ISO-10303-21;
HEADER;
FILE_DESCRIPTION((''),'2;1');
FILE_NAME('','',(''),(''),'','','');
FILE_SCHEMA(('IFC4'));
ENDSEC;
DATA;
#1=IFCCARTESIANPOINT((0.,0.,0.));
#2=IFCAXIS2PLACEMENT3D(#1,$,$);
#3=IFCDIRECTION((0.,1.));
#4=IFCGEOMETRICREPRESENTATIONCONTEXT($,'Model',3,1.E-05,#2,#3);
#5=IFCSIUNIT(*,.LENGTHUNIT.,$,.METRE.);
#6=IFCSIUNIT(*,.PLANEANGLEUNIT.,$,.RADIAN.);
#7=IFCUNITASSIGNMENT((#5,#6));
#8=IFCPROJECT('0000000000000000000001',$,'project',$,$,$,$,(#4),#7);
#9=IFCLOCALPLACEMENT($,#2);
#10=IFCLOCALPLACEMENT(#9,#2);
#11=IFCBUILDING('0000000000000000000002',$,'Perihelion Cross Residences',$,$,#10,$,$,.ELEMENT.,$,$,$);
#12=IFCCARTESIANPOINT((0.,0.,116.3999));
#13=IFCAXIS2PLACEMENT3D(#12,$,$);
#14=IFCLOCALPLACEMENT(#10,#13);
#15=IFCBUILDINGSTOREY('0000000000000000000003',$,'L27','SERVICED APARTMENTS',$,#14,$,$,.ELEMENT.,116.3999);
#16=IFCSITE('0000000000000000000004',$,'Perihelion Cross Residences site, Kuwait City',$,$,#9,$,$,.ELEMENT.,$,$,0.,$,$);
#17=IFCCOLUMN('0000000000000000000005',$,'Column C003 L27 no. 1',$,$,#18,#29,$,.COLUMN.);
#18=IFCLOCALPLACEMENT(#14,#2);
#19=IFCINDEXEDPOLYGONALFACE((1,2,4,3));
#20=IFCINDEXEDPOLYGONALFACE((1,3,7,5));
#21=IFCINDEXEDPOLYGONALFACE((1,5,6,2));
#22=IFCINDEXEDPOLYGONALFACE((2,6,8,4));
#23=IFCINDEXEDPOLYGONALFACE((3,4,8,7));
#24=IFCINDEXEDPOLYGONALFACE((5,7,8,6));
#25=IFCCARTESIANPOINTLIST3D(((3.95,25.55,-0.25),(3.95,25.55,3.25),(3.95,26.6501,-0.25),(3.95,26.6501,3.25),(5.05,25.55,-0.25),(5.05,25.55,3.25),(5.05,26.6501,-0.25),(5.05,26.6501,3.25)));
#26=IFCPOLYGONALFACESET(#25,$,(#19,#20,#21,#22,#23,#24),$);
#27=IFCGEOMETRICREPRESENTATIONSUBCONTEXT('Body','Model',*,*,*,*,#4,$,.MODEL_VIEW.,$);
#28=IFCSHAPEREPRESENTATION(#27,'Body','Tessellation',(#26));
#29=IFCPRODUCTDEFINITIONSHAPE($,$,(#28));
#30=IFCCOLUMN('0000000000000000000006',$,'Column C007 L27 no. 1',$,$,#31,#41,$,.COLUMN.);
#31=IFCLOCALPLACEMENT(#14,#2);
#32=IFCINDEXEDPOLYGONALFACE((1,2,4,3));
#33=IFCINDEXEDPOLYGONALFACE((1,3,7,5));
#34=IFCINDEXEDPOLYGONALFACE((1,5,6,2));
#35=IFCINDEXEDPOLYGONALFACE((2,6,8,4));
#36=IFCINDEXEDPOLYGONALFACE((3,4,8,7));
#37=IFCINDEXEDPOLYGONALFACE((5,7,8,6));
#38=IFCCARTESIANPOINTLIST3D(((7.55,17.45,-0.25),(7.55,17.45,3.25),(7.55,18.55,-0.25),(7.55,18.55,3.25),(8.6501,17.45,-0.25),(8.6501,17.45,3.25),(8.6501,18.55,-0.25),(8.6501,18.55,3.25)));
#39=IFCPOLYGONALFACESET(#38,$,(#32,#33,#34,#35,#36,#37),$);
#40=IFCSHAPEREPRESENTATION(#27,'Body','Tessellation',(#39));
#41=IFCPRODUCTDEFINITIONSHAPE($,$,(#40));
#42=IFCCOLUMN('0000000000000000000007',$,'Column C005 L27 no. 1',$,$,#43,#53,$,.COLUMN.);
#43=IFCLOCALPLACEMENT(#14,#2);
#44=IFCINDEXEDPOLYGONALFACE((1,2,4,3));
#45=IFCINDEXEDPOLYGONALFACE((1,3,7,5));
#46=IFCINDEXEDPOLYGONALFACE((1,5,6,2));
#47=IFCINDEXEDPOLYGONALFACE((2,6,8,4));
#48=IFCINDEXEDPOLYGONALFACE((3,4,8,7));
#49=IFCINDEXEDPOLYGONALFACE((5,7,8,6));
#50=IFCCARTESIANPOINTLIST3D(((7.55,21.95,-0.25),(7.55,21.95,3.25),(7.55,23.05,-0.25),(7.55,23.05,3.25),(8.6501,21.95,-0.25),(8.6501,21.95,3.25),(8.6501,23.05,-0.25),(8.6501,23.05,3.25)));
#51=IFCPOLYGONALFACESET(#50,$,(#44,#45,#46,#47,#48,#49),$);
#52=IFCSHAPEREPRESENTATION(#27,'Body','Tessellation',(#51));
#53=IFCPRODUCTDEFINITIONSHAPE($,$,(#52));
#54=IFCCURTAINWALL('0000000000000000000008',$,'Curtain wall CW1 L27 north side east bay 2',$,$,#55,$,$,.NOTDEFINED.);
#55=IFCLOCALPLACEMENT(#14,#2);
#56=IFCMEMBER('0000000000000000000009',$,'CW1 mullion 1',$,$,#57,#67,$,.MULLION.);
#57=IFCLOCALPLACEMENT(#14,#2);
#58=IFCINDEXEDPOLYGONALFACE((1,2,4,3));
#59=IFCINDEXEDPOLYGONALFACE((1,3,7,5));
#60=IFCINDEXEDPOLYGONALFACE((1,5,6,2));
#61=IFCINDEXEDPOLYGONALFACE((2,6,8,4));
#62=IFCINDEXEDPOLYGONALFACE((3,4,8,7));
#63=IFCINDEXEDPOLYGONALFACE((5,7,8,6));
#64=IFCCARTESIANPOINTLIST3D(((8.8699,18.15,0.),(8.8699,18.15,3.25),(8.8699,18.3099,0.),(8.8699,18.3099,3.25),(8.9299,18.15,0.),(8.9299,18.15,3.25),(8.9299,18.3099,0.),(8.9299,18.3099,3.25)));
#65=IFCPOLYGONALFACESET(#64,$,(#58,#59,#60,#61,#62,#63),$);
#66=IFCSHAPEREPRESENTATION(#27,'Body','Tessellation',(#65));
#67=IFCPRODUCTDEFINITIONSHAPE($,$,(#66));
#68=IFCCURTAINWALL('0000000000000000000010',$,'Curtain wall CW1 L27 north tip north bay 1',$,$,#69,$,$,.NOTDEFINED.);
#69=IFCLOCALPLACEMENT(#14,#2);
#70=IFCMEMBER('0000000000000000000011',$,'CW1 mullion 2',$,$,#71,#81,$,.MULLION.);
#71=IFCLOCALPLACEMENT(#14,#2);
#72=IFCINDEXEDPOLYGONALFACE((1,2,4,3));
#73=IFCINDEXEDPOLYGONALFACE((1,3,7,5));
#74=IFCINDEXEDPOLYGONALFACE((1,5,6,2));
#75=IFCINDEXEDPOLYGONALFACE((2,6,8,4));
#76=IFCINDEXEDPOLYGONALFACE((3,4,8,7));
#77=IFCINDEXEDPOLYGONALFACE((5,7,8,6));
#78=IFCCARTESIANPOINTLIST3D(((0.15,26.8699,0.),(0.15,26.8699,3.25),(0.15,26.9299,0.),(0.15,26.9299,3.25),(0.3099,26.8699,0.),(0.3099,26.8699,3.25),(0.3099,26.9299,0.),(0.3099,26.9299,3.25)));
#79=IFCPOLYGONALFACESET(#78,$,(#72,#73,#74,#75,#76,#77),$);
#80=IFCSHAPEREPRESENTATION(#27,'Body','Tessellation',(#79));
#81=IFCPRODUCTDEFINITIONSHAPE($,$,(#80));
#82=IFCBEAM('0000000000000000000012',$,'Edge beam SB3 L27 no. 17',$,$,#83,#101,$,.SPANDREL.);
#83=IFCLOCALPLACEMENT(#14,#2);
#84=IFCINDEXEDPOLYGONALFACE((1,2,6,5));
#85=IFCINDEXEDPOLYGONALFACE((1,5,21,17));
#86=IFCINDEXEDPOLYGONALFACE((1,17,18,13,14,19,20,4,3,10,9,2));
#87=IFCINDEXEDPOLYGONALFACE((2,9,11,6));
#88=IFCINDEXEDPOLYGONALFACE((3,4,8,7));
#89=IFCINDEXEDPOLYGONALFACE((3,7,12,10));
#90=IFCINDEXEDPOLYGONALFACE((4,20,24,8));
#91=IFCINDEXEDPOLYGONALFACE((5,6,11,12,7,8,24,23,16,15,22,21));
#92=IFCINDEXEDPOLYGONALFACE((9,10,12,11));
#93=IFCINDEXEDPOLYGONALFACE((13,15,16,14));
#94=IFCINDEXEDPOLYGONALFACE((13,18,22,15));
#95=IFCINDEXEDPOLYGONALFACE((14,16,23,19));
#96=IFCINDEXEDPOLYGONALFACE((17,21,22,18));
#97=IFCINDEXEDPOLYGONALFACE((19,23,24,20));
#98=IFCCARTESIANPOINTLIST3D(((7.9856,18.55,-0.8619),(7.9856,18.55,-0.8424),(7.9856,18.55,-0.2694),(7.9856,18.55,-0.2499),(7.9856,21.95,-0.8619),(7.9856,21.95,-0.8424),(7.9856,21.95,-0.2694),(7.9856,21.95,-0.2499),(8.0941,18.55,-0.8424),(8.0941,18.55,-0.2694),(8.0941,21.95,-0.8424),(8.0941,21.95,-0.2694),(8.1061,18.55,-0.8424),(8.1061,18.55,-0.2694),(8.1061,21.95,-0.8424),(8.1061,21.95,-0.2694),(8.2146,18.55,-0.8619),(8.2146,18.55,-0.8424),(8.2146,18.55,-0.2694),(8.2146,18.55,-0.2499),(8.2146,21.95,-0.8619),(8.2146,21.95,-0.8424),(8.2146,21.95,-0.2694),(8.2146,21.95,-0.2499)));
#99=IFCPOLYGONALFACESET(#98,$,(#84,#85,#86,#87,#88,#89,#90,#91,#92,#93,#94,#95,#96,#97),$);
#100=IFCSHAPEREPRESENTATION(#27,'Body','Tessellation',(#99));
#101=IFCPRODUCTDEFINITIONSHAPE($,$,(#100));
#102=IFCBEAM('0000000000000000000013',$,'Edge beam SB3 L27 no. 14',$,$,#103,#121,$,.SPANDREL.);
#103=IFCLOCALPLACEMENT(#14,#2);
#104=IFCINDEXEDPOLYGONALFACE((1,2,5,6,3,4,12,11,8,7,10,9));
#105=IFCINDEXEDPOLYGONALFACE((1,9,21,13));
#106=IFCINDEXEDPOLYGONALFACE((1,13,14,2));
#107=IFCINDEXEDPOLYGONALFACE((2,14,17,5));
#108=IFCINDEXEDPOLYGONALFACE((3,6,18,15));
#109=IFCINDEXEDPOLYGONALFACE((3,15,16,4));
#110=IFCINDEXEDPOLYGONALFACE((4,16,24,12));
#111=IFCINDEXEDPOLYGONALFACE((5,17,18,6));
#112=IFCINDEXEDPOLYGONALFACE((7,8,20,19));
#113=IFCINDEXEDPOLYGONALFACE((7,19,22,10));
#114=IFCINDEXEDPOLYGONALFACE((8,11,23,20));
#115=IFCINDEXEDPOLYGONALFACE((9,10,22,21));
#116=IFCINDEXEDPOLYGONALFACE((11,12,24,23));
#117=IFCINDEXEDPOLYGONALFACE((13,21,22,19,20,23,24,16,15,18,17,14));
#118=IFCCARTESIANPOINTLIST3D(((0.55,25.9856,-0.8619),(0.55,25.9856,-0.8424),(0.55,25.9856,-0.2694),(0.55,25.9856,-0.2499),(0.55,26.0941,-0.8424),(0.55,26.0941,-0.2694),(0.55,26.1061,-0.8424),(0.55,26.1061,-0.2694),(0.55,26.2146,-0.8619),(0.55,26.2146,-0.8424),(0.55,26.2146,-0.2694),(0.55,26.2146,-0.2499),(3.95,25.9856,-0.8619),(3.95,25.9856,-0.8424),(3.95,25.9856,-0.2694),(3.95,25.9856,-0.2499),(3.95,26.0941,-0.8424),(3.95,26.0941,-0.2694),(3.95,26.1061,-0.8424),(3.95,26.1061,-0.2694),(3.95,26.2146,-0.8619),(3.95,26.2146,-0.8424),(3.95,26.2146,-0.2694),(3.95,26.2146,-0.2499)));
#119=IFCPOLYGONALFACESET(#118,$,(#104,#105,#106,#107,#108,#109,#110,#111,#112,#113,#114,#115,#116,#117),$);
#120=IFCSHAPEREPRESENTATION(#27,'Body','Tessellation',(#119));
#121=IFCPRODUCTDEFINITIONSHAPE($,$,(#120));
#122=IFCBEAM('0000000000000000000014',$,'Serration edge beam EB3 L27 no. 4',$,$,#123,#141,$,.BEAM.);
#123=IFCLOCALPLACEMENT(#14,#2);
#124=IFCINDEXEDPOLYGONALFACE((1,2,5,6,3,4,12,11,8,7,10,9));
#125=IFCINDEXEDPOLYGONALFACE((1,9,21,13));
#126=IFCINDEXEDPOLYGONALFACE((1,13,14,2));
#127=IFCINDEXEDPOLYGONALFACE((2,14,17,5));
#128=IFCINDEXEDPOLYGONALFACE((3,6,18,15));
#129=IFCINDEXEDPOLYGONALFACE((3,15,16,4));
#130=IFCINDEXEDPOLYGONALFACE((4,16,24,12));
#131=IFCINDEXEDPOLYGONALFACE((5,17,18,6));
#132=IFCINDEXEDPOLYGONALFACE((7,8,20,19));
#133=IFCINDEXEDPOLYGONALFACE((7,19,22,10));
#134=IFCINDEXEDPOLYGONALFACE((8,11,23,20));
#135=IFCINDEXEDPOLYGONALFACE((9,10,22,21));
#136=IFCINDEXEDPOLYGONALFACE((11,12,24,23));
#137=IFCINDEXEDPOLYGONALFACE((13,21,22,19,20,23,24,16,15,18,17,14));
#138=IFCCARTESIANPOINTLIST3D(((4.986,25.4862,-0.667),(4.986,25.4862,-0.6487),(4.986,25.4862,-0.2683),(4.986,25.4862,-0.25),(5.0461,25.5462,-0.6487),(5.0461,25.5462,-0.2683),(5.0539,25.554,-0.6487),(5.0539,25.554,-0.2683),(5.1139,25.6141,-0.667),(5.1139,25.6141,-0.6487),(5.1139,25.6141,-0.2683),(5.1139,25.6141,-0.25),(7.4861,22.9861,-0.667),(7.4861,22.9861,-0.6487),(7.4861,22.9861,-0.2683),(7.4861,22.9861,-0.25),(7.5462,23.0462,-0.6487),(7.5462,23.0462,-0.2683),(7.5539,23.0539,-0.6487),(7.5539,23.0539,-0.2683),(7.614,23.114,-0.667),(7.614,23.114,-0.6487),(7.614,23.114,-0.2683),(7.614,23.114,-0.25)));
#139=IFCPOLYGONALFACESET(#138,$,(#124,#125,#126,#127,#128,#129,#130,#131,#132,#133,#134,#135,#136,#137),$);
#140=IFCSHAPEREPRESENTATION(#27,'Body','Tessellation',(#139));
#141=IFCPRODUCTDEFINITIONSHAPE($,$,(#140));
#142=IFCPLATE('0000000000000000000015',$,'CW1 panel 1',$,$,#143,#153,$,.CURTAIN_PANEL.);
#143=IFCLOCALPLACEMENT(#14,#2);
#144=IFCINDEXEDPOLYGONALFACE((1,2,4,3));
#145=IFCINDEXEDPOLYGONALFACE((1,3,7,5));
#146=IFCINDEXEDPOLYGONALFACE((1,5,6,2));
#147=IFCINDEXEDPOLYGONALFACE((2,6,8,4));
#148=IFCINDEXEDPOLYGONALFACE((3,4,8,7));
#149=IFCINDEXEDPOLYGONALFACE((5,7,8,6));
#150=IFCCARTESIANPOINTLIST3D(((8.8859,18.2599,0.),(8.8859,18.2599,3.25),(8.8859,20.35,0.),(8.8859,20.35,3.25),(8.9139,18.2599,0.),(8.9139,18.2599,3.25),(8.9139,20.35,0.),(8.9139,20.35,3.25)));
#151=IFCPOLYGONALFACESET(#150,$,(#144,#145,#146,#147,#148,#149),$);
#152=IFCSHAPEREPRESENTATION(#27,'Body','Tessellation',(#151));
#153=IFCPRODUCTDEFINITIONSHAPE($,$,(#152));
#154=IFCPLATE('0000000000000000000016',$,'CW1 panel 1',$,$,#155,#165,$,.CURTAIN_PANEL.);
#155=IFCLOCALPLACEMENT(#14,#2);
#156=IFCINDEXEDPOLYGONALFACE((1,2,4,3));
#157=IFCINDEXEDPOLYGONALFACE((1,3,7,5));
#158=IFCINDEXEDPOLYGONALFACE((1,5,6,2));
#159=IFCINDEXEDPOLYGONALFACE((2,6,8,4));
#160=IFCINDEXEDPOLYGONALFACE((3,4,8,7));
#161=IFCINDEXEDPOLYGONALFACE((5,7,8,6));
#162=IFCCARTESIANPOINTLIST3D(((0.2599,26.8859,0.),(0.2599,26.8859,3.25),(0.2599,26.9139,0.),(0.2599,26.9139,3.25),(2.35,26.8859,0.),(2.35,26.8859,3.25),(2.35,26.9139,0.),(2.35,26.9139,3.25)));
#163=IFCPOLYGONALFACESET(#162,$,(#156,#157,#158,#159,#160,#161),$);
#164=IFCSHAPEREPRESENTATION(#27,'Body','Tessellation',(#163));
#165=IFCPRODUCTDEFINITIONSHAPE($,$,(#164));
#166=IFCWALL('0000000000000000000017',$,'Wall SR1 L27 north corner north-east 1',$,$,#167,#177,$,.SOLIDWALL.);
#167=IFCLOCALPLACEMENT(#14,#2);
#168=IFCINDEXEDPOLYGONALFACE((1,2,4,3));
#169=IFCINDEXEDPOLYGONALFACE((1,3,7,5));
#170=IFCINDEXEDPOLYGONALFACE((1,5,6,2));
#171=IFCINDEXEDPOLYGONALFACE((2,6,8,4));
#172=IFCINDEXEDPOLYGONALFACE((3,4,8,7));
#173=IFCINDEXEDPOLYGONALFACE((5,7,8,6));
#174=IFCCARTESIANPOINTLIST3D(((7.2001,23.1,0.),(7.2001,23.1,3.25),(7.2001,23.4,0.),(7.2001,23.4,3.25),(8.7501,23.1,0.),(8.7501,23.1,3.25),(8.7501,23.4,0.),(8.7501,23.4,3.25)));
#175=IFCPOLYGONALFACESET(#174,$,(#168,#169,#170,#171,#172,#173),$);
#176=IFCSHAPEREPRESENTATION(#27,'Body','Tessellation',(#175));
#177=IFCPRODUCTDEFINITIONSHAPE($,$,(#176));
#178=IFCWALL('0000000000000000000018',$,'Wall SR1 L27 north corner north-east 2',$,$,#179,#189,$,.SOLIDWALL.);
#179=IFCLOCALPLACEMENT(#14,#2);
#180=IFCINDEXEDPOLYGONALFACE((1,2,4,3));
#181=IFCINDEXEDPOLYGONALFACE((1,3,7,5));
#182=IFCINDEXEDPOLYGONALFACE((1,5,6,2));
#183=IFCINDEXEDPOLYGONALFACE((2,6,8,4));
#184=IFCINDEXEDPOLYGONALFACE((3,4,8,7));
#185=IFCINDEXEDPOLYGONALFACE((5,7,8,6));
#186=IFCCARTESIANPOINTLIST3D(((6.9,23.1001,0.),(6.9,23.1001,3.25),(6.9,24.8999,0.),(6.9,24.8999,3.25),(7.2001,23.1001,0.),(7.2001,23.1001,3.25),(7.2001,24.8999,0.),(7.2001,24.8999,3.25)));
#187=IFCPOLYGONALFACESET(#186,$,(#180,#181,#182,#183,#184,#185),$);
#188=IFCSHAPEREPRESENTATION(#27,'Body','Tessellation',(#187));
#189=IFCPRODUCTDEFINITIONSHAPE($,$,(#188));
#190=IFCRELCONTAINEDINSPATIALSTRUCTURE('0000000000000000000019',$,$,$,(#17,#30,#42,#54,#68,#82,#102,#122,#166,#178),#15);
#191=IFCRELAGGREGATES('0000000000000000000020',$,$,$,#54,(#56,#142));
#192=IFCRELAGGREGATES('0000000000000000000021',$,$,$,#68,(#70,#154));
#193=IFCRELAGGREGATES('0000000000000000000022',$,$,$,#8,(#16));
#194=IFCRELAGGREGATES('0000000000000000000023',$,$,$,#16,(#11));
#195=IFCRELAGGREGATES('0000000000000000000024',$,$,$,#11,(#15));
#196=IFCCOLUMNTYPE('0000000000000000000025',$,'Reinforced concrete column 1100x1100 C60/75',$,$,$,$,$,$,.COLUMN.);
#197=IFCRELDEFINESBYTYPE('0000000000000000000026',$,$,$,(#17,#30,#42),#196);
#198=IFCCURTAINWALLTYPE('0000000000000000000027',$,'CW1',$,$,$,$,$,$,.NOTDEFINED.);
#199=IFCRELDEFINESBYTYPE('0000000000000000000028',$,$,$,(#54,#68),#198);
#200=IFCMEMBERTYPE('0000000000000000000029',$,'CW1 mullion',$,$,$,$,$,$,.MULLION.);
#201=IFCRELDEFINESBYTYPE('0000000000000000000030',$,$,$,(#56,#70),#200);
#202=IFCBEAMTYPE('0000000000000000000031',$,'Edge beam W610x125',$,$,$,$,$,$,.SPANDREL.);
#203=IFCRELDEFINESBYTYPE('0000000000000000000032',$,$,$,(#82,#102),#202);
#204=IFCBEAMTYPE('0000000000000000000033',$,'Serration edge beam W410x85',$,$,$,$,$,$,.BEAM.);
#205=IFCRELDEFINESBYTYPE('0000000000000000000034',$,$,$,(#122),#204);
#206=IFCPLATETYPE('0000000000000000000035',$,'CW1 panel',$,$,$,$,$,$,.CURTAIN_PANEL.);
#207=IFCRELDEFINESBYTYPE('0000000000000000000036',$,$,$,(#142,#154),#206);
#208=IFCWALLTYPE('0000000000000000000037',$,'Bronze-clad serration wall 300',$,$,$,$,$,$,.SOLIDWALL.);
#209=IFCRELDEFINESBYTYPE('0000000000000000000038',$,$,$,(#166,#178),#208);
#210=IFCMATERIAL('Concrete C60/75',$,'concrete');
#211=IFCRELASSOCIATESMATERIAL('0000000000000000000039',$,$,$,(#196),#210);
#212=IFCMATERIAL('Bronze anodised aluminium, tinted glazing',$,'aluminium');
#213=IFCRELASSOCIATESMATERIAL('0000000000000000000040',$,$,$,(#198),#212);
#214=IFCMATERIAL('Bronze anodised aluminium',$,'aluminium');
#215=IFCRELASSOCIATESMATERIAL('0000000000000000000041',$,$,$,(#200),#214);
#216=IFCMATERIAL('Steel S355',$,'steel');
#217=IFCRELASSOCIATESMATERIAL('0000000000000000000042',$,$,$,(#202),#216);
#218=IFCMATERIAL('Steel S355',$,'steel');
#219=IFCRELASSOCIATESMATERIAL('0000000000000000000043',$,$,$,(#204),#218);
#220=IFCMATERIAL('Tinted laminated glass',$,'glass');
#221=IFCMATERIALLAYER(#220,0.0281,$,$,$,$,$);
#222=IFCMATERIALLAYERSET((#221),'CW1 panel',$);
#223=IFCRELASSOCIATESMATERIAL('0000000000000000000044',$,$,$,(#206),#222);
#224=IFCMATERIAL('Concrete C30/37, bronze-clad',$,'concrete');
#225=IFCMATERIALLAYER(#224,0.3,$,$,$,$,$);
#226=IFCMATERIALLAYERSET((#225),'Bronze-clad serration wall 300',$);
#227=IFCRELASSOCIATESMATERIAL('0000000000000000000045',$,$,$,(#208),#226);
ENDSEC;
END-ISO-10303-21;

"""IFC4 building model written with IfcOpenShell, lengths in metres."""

from ifc_helpers import new_model, si_unit, direction, frame, frame_2d, origin, origin_2d, place, context, subcontext, project, spatial, rectangle, i_section, extrude, material, layer, layer_set, material_profile, profile_set, type_object, element, aggregate, save


model = new_model("IFC4")

# Units and contexts
model_context = context("Model", 3, precision=1e-05, world=origin(), true_north=direction((0.0, 1.0)))
body_context = subcontext(model_context, "Body", "Model", "MODEL_VIEW")
ifc_project = project(units=[si_unit("LENGTHUNIT", "METRE"), si_unit("PLANEANGLEUNIT", "RADIAN")], contexts=[model_context])

# Site, building, storey
site_placement = place(None, origin())
site = spatial("IfcSite", under=ifc_project, at=site_placement, Name="Perihelion Cross Residences site, Kuwait City", CompositionType="ELEMENT", RefElevation=0.0)
building_placement = place(site_placement, origin())
building = spatial("IfcBuilding", under=site, at=building_placement, Name="Perihelion Cross Residences", CompositionType="ELEMENT")
storey_placement = place(building_placement, frame((0.0, 0.0, 116.3999)))
storey = spatial("IfcBuildingStorey", under=building, at=storey_placement, Name="L27", Description="SERVICED APARTMENTS", CompositionType="ELEMENT", Elevation=116.3999)

# Columns
ifc_material_1 = material(Name="Concrete C60/75", Category="concrete")
ifc_material_profile_1 = material_profile(ifc_material_1, rectangle(XDim=1.1001, YDim=1.1001, at=origin_2d()), Name="RC 1100x1100")
ifc_profile_set_1 = profile_set([ifc_material_profile_1], Name="Concrete C60/75")
column_type = type_object("IfcColumnType", Name="Reinforced concrete column 1100x1100 C60/75", PredefinedType="COLUMN", material=ifc_profile_set_1)
for number, where, z_axis, x_axis, name in (
    (1, (4.5, 26.1001, -0.25), (0.0, 0.0, 1.0), (1.0, 0.0, 0.0), "Column C003 L27 no. 1"),
    (2, (8.1001, 18.0, -0.25), (0.0, 0.0, 1.0), (1.0, 0.0, 0.0), "Column C007 L27 no. 1"),
    (3, (8.1001, 22.5, -0.25), (0.0, 0.0, 1.0), (1.0, 0.0, 0.0), "Column C005 L27 no. 1"),
):
    element("IfcColumn", number, at=place(storey_placement, frame(where, z_axis=z_axis, x_axis=x_axis)), inside=storey, type_object=column_type, Name=name, PredefinedType="COLUMN", context=body_context, shape_type="SweptSolid", body=[
        extrude(rectangle(XDim=1.1001, YDim=1.1001, at=origin_2d()), origin(), (0.0, 0.0, 1.0), 3.5),
    ])

# Curtain walls, members
ifc_material_2 = material(Name="Bronze anodised aluminium, tinted glazing", Category="aluminium")
curtain_wall_type = type_object("IfcCurtainWallType", Name="CW1", PredefinedType="NOTDEFINED", material=ifc_material_2)
curtain_wall_1_placement = place(storey_placement, origin())
curtain_wall_1 = element("IfcCurtainWall", 4, at=curtain_wall_1_placement, inside=storey, type_object=curtain_wall_type, Name="Curtain wall CW1 L27 north side east bay 2", PredefinedType="NOTDEFINED")
ifc_material_3 = material(Name="Bronze anodised aluminium", Category="aluminium")
ifc_material_profile_2 = material_profile(ifc_material_3, rectangle(XDim=0.0601, YDim=0.1599, at=origin_2d()), Name="CW1 mullion")
ifc_profile_set_2 = profile_set([ifc_material_profile_2], Name="Bronze anodised aluminium")
member_type = type_object("IfcMemberType", Name="CW1 mullion", PredefinedType="MULLION", material=ifc_profile_set_2)
member_1_placement = place(storey_placement, frame((8.8999, 18.23, 0.0), z_axis=(0.0, 0.0, 1.0), x_axis=(-1.0, 0.0, 0.0)))
member_1 = element("IfcMember", 5, at=member_1_placement, type_object=member_type, Name="CW1 mullion 1", PredefinedType="MULLION", context=body_context, shape_type="SweptSolid", body=[
    extrude(rectangle(XDim=0.0601, YDim=0.1599, at=origin_2d()), origin(), (0.0, 0.0, 1.0), 3.25),
])
curtain_wall_2_placement = place(storey_placement, origin())
curtain_wall_2 = element("IfcCurtainWall", 6, at=curtain_wall_2_placement, inside=storey, type_object=curtain_wall_type, Name="Curtain wall CW1 L27 north tip north bay 1", PredefinedType="NOTDEFINED")
member_2_placement = place(storey_placement, frame((0.23, 26.8999, 0.0), z_axis=(0.0, 0.0, 1.0), x_axis=(0.0, -1.0, 0.0)))
member_2 = element("IfcMember", 7, at=member_2_placement, type_object=member_type, Name="CW1 mullion 2", PredefinedType="MULLION", context=body_context, shape_type="SweptSolid", body=[
    extrude(rectangle(XDim=0.0601, YDim=0.1599, at=origin_2d()), origin(), (0.0, 0.0, 1.0), 3.25),
])

# Beams
ifc_material_4 = material(Name="Steel S355", Category="steel")
ifc_material_profile_3 = material_profile(ifc_material_4, i_section(OverallWidth=0.229, OverallDepth=0.6121, WebThickness=0.012, FlangeThickness=0.0195, at=origin_2d()), Name="W610x125")
ifc_profile_set_3 = profile_set([ifc_material_profile_3], Name="Steel S355")
beam_type_1 = type_object("IfcBeamType", Name="Edge beam W610x125", PredefinedType="SPANDREL", material=ifc_profile_set_3)
for number, where, z_axis, x_axis, name in (
    (8, (8.1001, 18.55, -0.5559), (0.0, 1.0, 0.0), (-1.0, 0.0, 0.0), "Edge beam SB3 L27 no. 17"),
    (9, (3.95, 26.1001, -0.5559), (-1.0, 0.0, 0.0), (0.0, -1.0, 0.0), "Edge beam SB3 L27 no. 14"),
):
    element("IfcBeam", number, at=place(storey_placement, frame(where, z_axis=z_axis, x_axis=x_axis)), inside=storey, type_object=beam_type_1, Name=name, PredefinedType="SPANDREL", context=body_context, shape_type="SweptSolid", body=[
        extrude(i_section(OverallWidth=0.229, OverallDepth=0.6121, WebThickness=0.012, FlangeThickness=0.0195, at=origin_2d()), origin(), (0.0, 0.0, 1.0), 3.3999),
    ])
ifc_material_5 = material(Name="Steel S355", Category="steel")
ifc_material_profile_4 = material_profile(ifc_material_5, i_section(OverallWidth=0.1809, OverallDepth=0.417, WebThickness=0.011, FlangeThickness=0.0183, at=origin_2d()), Name="W410x85")
ifc_profile_set_4 = profile_set([ifc_material_profile_4], Name="Steel S355")
beam_type_2 = type_object("IfcBeamType", Name="Serration edge beam W410x85", PredefinedType="BEAM", material=ifc_profile_set_4)
beam_placement = place(storey_placement, frame((7.55, 23.05, -0.4585), z_axis=(-0.707107, 0.707107, 0.0), x_axis=(-0.707107, -0.707107, 0.0)))
element("IfcBeam", 10, at=beam_placement, inside=storey, type_object=beam_type_2, Name="Serration edge beam EB3 L27 no. 4", PredefinedType="BEAM", context=body_context, shape_type="SweptSolid", body=[
    extrude(i_section(OverallWidth=0.1809, OverallDepth=0.417, WebThickness=0.011, FlangeThickness=0.0183, at=origin_2d()), origin(), (0.0, 0.0, 1.0), 3.5356),
])

# Plates
ifc_material_6 = material(Name="Tinted laminated glass", Category="glass")
ifc_layer_1 = layer(ifc_material_6, 0.0281)
ifc_layer_set_1 = layer_set([ifc_layer_1], Name="CW1 panel")
plate_type = type_object("IfcPlateType", Name="CW1 panel", PredefinedType="CURTAIN_PANEL", material=ifc_layer_set_1)
plate_1_placement = place(storey_placement, frame((8.8999, 19.3049, 0.0), z_axis=(0.0, 0.0, 1.0), x_axis=(0.0, 1.0, 0.0)))
plate_1 = element("IfcPlate", 11, at=plate_1_placement, type_object=plate_type, Name="CW1 panel 1", PredefinedType="CURTAIN_PANEL", context=body_context, shape_type="SweptSolid", body=[
    extrude(rectangle(XDim=2.0901, YDim=0.0281, at=origin_2d()), origin(), (0.0, 0.0, 1.0), 3.25),
])
aggregate(curtain_wall_1, [member_1, plate_1])
plate_2_placement = place(storey_placement, frame((1.3049, 26.8999, 0.0), z_axis=(0.0, 0.0, 1.0), x_axis=(-1.0, 0.0, 0.0)))
plate_2 = element("IfcPlate", 12, at=plate_2_placement, type_object=plate_type, Name="CW1 panel 1", PredefinedType="CURTAIN_PANEL", context=body_context, shape_type="SweptSolid", body=[
    extrude(rectangle(XDim=2.0901, YDim=0.0281, at=origin_2d()), origin(), (0.0, 0.0, 1.0), 3.25),
])
aggregate(curtain_wall_2, [member_2, plate_2])

# Walls
ifc_material_7 = material(Name="Concrete C30/37, bronze-clad", Category="concrete")
ifc_layer_2 = layer(ifc_material_7, 0.3)
ifc_layer_set_2 = layer_set([ifc_layer_2], Name="Bronze-clad serration wall 300")
wall_type_1 = type_object("IfcWallType", Name="Bronze-clad serration wall 300", PredefinedType="SOLIDWALL", material=ifc_layer_set_2)
wall_1_placement = place(storey_placement, frame((8.75, 23.25, 0.0), z_axis=(0.0, 0.0, 1.0), x_axis=(-1.0, 0.0, 0.0)))
element("IfcWall", 13, at=wall_1_placement, inside=storey, type_object=wall_type_1, Name="Wall SR1 L27 north corner north-east 1", PredefinedType="SOLIDWALL", context=body_context, shape_type="SweptSolid", body=[
    extrude(rectangle(XDim=1.55, YDim=0.3, at=frame_2d((0.7749, 0.0))), origin(), (0.0, 0.0, 1.0), 3.25),
])
wall_2_placement = place(storey_placement, frame((7.05, 23.1001, 0.0), z_axis=(0.0, 0.0, 1.0), x_axis=(0.0, 1.0, 0.0)))
element("IfcWall", 14, at=wall_2_placement, inside=storey, type_object=wall_type_1, Name="Wall SR1 L27 north corner north-east 2", PredefinedType="SOLIDWALL", context=body_context, shape_type="SweptSolid", body=[
    extrude(rectangle(XDim=1.7998, YDim=0.3, at=frame_2d((0.8999, 0.0))), origin(), (0.0, 0.0, 1.0), 3.25),
])

save(model, "model.ifc")
